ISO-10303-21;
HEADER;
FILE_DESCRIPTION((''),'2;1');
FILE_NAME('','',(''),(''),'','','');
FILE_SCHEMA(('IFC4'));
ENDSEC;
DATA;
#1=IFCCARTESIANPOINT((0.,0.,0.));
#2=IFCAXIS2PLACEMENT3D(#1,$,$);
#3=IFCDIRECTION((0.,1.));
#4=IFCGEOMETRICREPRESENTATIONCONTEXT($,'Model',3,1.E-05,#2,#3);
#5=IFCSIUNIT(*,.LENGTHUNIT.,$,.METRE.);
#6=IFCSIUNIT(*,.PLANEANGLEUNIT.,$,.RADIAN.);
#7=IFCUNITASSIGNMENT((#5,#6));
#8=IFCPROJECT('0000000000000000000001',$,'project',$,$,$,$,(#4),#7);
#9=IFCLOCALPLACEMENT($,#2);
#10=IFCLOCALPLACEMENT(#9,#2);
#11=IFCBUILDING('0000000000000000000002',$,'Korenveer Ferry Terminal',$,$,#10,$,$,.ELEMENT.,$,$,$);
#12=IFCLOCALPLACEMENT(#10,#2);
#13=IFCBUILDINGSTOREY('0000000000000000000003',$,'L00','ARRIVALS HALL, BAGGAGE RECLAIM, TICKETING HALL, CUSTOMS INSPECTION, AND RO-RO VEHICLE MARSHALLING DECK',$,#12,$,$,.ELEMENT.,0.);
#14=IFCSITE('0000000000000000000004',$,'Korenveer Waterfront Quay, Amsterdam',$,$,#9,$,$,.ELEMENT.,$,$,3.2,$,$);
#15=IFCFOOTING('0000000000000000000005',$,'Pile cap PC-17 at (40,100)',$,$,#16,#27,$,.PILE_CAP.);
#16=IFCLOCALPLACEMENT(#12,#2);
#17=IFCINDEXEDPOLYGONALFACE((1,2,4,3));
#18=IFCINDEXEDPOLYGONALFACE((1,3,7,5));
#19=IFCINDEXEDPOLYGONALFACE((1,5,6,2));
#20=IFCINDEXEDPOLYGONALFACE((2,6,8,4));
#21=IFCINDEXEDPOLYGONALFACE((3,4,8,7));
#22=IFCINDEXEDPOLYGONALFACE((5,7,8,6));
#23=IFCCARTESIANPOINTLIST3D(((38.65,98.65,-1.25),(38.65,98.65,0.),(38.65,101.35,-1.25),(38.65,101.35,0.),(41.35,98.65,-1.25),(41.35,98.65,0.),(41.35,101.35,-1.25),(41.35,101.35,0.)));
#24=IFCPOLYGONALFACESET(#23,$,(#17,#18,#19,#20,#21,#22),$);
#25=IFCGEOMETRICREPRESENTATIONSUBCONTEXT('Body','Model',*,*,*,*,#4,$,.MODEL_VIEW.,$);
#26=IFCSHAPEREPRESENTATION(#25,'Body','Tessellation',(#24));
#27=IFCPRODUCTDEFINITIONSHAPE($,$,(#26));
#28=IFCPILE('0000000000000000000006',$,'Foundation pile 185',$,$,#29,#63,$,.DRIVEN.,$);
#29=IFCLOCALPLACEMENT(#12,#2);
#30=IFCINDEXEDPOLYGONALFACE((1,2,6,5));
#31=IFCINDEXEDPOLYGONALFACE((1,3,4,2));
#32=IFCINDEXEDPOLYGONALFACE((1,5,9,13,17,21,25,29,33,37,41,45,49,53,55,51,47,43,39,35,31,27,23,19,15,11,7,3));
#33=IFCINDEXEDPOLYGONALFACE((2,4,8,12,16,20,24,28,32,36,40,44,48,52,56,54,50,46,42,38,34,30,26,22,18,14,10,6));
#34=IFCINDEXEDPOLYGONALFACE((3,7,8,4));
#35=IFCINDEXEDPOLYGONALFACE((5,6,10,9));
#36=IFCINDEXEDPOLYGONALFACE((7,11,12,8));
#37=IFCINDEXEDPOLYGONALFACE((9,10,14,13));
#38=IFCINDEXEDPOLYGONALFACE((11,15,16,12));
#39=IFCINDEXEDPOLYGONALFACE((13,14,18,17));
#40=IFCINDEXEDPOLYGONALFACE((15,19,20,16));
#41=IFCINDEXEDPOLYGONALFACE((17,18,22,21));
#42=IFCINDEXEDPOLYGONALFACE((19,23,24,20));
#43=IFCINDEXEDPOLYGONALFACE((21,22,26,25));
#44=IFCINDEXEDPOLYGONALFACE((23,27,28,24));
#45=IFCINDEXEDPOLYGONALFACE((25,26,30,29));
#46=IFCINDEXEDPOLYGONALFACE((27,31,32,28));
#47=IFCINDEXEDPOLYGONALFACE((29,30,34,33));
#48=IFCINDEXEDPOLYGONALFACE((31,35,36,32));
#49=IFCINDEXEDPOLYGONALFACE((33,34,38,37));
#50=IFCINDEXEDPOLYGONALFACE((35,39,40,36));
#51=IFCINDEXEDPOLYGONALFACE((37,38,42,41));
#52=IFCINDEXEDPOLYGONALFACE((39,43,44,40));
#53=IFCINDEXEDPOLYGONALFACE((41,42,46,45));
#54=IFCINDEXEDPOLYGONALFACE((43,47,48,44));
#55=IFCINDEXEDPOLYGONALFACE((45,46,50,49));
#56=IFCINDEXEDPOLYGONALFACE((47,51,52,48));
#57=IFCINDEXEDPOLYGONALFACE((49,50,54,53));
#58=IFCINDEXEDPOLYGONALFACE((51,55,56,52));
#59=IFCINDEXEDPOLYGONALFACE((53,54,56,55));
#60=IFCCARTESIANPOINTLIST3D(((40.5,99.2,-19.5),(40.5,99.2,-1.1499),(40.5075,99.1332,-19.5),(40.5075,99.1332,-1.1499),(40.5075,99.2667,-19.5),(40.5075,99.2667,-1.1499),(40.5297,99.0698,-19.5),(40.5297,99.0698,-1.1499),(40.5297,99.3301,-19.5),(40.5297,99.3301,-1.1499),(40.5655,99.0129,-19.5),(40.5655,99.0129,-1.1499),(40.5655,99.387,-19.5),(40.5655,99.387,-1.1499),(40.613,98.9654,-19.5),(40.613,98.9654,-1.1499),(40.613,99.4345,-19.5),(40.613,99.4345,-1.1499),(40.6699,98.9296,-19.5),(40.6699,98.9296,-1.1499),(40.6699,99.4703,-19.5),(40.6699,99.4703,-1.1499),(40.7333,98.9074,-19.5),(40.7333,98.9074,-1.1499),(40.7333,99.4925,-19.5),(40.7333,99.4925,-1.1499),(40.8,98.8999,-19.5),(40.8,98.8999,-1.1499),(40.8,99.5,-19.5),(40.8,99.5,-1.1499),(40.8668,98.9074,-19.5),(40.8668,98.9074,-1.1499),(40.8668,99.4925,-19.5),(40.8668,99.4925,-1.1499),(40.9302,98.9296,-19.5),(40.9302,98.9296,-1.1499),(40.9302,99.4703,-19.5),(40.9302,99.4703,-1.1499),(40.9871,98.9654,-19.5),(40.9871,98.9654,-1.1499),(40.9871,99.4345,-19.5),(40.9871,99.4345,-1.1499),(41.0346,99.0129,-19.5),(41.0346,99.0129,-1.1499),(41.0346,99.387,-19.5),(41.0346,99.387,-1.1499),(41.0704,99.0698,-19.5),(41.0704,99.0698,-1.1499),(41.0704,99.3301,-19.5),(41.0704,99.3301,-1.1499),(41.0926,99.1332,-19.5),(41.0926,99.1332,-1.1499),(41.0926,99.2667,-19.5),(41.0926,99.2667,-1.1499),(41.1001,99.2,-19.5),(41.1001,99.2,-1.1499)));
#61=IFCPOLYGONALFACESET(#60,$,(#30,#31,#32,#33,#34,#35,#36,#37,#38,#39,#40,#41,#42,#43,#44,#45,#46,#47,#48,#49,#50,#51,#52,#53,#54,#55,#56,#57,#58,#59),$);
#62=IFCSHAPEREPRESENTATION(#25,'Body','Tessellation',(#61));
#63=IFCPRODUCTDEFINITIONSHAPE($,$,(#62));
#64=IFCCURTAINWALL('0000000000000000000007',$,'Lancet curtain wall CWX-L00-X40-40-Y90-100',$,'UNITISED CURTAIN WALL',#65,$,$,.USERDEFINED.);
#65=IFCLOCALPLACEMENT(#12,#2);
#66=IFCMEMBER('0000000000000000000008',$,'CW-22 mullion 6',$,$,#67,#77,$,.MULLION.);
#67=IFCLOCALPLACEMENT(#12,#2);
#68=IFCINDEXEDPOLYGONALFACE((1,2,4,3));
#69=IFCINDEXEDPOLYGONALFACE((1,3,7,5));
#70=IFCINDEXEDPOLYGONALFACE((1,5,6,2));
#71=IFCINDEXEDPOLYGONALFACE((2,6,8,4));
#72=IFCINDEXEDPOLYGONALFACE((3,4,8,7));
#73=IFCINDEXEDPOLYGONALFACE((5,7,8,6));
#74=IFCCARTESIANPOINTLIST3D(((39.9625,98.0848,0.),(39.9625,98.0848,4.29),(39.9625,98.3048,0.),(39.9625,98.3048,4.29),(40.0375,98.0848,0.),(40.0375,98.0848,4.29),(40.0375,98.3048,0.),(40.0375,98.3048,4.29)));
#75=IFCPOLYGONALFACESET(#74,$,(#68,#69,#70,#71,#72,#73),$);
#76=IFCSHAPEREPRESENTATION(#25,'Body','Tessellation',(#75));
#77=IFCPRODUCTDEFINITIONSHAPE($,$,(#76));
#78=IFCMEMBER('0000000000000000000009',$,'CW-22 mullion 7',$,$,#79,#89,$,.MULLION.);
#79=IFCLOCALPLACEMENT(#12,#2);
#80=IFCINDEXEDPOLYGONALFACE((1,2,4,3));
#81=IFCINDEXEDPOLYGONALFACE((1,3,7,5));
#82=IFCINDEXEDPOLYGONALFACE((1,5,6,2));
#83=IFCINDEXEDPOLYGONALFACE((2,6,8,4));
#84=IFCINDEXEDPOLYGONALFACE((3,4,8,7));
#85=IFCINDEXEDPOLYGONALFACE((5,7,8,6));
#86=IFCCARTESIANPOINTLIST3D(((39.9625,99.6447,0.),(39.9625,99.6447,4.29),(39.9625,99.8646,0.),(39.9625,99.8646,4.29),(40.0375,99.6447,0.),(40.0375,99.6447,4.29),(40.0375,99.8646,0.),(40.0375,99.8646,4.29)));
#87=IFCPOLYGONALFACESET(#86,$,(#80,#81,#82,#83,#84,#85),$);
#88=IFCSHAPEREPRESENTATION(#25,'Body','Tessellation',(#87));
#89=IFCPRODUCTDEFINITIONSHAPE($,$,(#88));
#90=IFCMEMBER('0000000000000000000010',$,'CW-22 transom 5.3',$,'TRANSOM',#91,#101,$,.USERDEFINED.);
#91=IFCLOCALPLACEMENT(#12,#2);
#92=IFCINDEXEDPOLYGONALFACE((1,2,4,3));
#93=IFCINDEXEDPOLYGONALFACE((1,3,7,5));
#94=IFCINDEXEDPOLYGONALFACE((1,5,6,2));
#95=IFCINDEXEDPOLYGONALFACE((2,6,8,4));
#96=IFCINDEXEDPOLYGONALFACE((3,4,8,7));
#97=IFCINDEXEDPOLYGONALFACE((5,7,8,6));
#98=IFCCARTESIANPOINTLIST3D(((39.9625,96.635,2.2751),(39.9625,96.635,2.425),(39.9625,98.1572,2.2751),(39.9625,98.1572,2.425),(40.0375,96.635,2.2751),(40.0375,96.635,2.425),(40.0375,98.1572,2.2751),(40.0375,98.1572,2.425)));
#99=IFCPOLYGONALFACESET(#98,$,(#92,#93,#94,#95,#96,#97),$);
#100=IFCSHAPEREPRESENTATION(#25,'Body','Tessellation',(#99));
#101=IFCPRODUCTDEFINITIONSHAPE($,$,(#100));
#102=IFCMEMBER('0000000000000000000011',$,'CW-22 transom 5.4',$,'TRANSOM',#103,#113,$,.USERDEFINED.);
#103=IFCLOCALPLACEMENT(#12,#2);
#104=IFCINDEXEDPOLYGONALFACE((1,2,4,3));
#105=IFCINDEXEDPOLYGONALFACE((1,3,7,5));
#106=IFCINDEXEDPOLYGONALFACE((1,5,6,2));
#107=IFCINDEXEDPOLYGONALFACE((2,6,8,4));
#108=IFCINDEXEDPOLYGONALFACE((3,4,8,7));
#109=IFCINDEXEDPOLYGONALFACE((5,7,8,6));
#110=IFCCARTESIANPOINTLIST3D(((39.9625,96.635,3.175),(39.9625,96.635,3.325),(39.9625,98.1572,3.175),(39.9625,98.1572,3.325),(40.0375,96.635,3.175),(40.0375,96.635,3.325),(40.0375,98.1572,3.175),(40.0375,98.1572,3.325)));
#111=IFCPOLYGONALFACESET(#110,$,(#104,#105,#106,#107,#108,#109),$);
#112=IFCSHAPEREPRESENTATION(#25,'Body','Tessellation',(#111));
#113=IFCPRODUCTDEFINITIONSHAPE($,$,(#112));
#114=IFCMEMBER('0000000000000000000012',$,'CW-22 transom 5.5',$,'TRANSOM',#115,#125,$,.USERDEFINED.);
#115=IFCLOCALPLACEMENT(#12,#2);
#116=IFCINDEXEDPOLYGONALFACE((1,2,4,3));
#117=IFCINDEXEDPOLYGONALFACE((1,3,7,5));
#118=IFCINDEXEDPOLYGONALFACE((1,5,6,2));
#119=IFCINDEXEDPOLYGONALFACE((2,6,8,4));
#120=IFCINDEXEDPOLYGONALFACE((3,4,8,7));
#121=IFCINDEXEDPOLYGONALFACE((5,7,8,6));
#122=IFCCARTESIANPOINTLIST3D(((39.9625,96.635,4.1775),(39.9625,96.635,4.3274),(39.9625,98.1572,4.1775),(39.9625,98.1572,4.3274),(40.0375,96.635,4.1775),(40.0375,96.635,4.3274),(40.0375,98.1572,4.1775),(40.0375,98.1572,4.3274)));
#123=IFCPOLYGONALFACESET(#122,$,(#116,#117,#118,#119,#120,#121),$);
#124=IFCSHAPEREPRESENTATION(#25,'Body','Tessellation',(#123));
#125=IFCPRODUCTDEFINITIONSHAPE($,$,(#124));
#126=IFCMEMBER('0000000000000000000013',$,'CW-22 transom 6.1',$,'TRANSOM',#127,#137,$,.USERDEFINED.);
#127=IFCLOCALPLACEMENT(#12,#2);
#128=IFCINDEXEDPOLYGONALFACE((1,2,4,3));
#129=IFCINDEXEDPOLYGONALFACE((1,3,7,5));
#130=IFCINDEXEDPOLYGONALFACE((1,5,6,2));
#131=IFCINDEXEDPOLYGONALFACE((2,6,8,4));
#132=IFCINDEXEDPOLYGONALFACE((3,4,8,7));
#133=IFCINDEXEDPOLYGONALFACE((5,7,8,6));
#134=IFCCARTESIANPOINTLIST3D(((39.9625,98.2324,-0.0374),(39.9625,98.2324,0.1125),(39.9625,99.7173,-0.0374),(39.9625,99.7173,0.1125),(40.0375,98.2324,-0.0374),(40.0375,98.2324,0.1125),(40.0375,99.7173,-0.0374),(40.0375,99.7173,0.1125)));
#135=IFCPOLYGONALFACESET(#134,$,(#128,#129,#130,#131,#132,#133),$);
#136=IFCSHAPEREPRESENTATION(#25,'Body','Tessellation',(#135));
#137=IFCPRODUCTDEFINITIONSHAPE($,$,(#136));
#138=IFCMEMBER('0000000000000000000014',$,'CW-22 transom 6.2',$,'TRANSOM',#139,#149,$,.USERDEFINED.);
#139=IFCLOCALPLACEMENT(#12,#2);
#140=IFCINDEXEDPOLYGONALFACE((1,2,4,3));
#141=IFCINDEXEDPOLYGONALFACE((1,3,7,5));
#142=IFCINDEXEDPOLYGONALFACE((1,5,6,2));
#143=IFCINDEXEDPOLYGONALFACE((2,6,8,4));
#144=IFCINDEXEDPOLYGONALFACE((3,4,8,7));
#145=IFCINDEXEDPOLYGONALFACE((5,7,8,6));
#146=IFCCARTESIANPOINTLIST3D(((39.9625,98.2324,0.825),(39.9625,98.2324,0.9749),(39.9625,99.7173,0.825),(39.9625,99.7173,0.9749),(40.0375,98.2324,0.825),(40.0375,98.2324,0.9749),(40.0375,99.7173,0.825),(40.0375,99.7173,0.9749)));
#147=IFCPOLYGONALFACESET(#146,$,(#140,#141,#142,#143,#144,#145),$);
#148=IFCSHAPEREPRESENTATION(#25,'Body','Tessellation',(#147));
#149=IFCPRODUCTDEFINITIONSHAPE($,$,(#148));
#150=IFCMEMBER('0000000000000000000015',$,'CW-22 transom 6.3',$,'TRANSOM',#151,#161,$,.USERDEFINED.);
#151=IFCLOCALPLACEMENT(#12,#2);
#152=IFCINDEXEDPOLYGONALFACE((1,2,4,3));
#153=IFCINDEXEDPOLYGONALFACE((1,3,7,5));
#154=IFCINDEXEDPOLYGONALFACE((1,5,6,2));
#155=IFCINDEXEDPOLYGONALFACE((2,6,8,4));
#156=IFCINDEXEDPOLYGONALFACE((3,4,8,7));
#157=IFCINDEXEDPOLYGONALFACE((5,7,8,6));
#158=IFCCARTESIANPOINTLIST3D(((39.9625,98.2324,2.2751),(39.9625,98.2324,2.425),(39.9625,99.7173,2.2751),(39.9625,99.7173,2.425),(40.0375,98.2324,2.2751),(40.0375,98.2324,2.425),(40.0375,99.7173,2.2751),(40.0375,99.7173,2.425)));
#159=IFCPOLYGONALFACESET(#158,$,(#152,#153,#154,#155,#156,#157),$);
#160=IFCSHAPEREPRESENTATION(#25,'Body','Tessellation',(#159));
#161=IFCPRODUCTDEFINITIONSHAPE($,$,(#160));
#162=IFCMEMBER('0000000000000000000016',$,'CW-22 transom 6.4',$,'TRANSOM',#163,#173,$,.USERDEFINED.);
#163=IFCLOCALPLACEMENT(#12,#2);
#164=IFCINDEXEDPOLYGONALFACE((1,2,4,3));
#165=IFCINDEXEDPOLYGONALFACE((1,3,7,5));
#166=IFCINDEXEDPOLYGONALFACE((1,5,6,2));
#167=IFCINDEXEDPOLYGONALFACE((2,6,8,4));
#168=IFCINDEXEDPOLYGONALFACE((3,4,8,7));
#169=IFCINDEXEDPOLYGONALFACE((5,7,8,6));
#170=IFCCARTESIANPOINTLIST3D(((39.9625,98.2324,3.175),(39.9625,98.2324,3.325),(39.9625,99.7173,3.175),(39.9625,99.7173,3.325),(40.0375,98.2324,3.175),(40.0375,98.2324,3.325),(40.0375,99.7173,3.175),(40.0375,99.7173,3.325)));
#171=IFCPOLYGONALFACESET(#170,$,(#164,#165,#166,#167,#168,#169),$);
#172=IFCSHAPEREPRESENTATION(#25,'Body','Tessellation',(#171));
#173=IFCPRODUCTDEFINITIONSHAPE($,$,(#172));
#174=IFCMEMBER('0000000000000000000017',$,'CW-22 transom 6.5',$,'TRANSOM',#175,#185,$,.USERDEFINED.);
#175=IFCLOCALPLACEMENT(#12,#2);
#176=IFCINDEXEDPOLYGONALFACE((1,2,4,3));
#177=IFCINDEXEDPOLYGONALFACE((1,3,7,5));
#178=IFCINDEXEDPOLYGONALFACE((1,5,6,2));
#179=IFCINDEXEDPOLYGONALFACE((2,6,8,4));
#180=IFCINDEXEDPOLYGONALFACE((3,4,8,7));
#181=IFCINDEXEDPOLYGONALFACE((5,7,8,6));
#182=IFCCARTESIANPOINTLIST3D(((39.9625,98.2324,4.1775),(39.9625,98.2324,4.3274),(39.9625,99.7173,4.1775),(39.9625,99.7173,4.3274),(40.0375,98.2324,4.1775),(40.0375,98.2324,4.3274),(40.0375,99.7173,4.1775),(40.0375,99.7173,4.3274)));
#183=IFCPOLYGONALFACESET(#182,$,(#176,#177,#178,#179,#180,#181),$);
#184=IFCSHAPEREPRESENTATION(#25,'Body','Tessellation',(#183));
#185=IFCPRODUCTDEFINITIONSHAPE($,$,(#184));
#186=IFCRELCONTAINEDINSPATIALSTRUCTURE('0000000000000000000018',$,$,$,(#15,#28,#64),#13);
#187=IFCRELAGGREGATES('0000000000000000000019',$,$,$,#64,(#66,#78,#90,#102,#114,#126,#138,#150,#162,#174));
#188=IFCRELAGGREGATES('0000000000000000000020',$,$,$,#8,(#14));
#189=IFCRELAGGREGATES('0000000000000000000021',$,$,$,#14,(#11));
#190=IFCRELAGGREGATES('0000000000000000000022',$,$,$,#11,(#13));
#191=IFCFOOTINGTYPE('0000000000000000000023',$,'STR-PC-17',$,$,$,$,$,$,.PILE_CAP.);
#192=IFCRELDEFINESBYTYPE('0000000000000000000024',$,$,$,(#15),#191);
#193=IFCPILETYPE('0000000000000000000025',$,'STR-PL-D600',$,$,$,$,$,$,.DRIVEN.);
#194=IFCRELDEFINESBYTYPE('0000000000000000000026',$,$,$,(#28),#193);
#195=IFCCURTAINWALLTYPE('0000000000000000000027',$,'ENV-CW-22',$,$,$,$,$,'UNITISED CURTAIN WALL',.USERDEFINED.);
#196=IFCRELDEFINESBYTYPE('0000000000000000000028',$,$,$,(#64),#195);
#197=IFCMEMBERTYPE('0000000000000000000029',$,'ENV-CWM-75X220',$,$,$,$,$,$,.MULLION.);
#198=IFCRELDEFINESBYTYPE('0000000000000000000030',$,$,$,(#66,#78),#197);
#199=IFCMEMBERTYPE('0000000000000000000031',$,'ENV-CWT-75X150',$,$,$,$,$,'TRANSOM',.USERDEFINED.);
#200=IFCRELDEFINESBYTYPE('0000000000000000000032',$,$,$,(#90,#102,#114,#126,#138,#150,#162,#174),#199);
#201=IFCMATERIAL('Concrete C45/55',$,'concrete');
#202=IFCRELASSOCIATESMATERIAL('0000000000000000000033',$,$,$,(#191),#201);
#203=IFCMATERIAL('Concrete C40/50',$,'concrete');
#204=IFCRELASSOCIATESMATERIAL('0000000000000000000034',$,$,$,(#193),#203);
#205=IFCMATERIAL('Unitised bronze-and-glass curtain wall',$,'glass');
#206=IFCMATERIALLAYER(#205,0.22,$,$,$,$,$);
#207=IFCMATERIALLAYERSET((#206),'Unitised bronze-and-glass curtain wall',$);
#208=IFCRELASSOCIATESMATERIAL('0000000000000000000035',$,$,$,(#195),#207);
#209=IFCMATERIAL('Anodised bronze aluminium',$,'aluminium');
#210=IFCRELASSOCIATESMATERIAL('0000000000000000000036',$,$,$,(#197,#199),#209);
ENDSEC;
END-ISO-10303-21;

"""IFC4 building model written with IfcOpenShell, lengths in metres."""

from ifc_helpers import new_model, si_unit, direction, frame, origin, origin_2d, place, context, subcontext, project, spatial, rectangle, circle, extrude, material, layer, layer_set, material_profile, profile_set, type_object, element, aggregate, save


model = new_model("IFC4")

# Units and contexts
model_context = context("Model", 3, precision=1e-05, world=origin(), true_north=direction((0.0, 1.0)))
body_context = subcontext(model_context, "Body", "Model", "MODEL_VIEW")
ifc_project = project(units=[si_unit("LENGTHUNIT", "METRE"), si_unit("PLANEANGLEUNIT", "RADIAN")], contexts=[model_context])

# Site, building, storey
site_placement = place(None, origin())
site = spatial("IfcSite", under=ifc_project, at=site_placement, Name="Korenveer Waterfront Quay, Amsterdam", CompositionType="ELEMENT", RefElevation=3.2)
building_placement = place(site_placement, origin())
building = spatial("IfcBuilding", under=site, at=building_placement, Name="Korenveer Ferry Terminal", CompositionType="ELEMENT")
storey_placement = place(building_placement, origin())
storey = spatial("IfcBuildingStorey", under=building, at=storey_placement, Name="L00", Description="ARRIVALS HALL, BAGGAGE RECLAIM, TICKETING HALL, CUSTOMS INSPECTION, AND RO-RO VEHICLE MARSHALLING DECK", CompositionType="ELEMENT", Elevation=0.0)

# Footing
ifc_material_1 = material(Name="Concrete C45/55", Category="concrete")
footing_type = type_object("IfcFootingType", Name="STR-PC-17", PredefinedType="PILE_CAP", material=ifc_material_1)
footing_placement = place(storey_placement, frame((40.0, 100.0, -1.25), z_axis=(0.0, 0.0, 1.0), x_axis=(1.0, 0.0, 0.0)))
element("IfcFooting", 1, at=footing_placement, inside=storey, type_object=footing_type, Name="Pile cap PC-17 at (40,100)", PredefinedType="PILE_CAP", context=body_context, shape_type="SweptSolid", body=[
    extrude(rectangle(XDim=2.7, YDim=2.7, at=origin_2d()), origin(), (0.0, 0.0, 1.0), 1.25),
])

# Pile
ifc_material_2 = material(Name="Concrete C40/50", Category="concrete")
ifc_material_profile_1 = material_profile(ifc_material_2, circle(Radius=0.3, at=origin_2d()), Name="PILE D600")
ifc_profile_set_1 = profile_set([ifc_material_profile_1], Name="Concrete C40/50")
pile_type = type_object("IfcPileType", Name="STR-PL-D600", PredefinedType="DRIVEN", material=ifc_profile_set_1)
pile_placement = place(storey_placement, frame((40.8, 99.2, -1.1499), z_axis=(0.0, 0.0, -1.0), x_axis=(1.0, 0.0, 0.0)))
element("IfcPile", 2, at=pile_placement, inside=storey, type_object=pile_type, Name="Foundation pile 185", PredefinedType="DRIVEN", context=body_context, shape_type="SweptSolid", body=[
    extrude(circle(Radius=0.3, at=origin_2d()), origin(), (0.0, 0.0, 1.0), 18.3501),
])

# Curtain wall, members
ifc_material_3 = material(Name="Unitised bronze-and-glass curtain wall", Category="glass")
ifc_layer_1 = layer(ifc_material_3, 0.22)
ifc_layer_set_1 = layer_set([ifc_layer_1], Name="Unitised bronze-and-glass curtain wall")
curtain_wall_type = type_object("IfcCurtainWallType", Name="ENV-CW-22", ElementType="UNITISED CURTAIN WALL", PredefinedType="USERDEFINED", material=ifc_layer_set_1)
curtain_wall_placement = place(storey_placement, frame((40.0, 90.2078, 0.0)))
curtain_wall = element("IfcCurtainWall", 3, at=curtain_wall_placement, inside=storey, type_object=curtain_wall_type, Name="Lancet curtain wall CWX-L00-X40-40-Y90-100", ObjectType="UNITISED CURTAIN WALL", PredefinedType="USERDEFINED")
ifc_material_4 = material(Name="Anodised bronze aluminium", Category="aluminium")
ifc_material_profile_2 = material_profile(ifc_material_4, rectangle(XDim=0.075, YDim=0.22, at=origin_2d()), Name="ALU 75x220")
ifc_profile_set_2 = profile_set([ifc_material_profile_2], Name="Anodised bronze aluminium")
member_type_1 = type_object("IfcMemberType", Name="ENV-CWM-75X220", PredefinedType="MULLION", material=ifc_profile_set_2)
member_1_placement = place(storey_placement, frame((40.0, 98.1948, 0.0), z_axis=(0.0, 0.0, 1.0), x_axis=(-1.0, 0.0, 0.0)))
member_1 = element("IfcMember", 4, at=member_1_placement, type_object=member_type_1, Name="CW-22 mullion 6", PredefinedType="MULLION", context=body_context, shape_type="SweptSolid", body=[
    extrude(rectangle(XDim=0.075, YDim=0.22, at=origin_2d()), origin(), (0.0, 0.0, 1.0), 4.29),
])
member_2_placement = place(storey_placement, frame((40.0, 99.7546, 0.0), z_axis=(0.0, 0.0, 1.0), x_axis=(-1.0, 0.0, 0.0)))
member_2 = element("IfcMember", 5, at=member_2_placement, type_object=member_type_1, Name="CW-22 mullion 7", PredefinedType="MULLION", context=body_context, shape_type="SweptSolid", body=[
    extrude(rectangle(XDim=0.075, YDim=0.22, at=origin_2d()), origin(), (0.0, 0.0, 1.0), 4.29),
])
ifc_material_profile_3 = material_profile(ifc_material_4, rectangle(XDim=0.075, YDim=0.1499, at=origin_2d()), Name="ALU 75x150")
ifc_profile_set_3 = profile_set([ifc_material_profile_3], Name="Anodised bronze aluminium")
member_type_2 = type_object("IfcMemberType", Name="ENV-CWT-75X150", ElementType="TRANSOM", PredefinedType="USERDEFINED", material=ifc_profile_set_3)
member_3_placement = place(storey_placement, frame((40.0, 96.635, 2.3501), z_axis=(0.0, 1.0, 0.0), x_axis=(-1.0, 0.0, 0.0)))
member_3 = element("IfcMember", 6, at=member_3_placement, type_object=member_type_2, Name="CW-22 transom 5.3", ObjectType="TRANSOM", PredefinedType="USERDEFINED", context=body_context, shape_type="SweptSolid", body=[
    extrude(rectangle(XDim=0.075, YDim=0.1499, at=origin_2d()), origin(), (0.0, 0.0, 1.0), 1.5222),
])
member_4_placement = place(storey_placement, frame((40.0, 96.635, 3.25), z_axis=(0.0, 1.0, 0.0), x_axis=(-1.0, 0.0, 0.0)))
member_4 = element("IfcMember", 7, at=member_4_placement, type_object=member_type_2, Name="CW-22 transom 5.4", ObjectType="TRANSOM", PredefinedType="USERDEFINED", context=body_context, shape_type="SweptSolid", body=[
    extrude(rectangle(XDim=0.075, YDim=0.1499, at=origin_2d()), origin(), (0.0, 0.0, 1.0), 1.5222),
])
member_5_placement = place(storey_placement, frame((40.0, 96.635, 4.2524), z_axis=(0.0, 1.0, 0.0), x_axis=(-1.0, 0.0, 0.0)))
member_5 = element("IfcMember", 8, at=member_5_placement, type_object=member_type_2, Name="CW-22 transom 5.5", ObjectType="TRANSOM", PredefinedType="USERDEFINED", context=body_context, shape_type="SweptSolid", body=[
    extrude(rectangle(XDim=0.075, YDim=0.1499, at=origin_2d()), origin(), (0.0, 0.0, 1.0), 1.5222),
])
member_6_placement = place(storey_placement, frame((40.0, 98.2324, 0.0376), z_axis=(0.0, 1.0, 0.0), x_axis=(-1.0, 0.0, 0.0)))
member_6 = element("IfcMember", 9, at=member_6_placement, type_object=member_type_2, Name="CW-22 transom 6.1", ObjectType="TRANSOM", PredefinedType="USERDEFINED", context=body_context, shape_type="SweptSolid", body=[
    extrude(rectangle(XDim=0.075, YDim=0.1499, at=origin_2d()), origin(), (0.0, 0.0, 1.0), 1.4849),
])
member_7_placement = place(storey_placement, frame((40.0, 98.2324, 0.8999), z_axis=(0.0, 1.0, 0.0), x_axis=(-1.0, 0.0, 0.0)))
member_7 = element("IfcMember", 10, at=member_7_placement, type_object=member_type_2, Name="CW-22 transom 6.2", ObjectType="TRANSOM", PredefinedType="USERDEFINED", context=body_context, shape_type="SweptSolid", body=[
    extrude(rectangle(XDim=0.075, YDim=0.1499, at=origin_2d()), origin(), (0.0, 0.0, 1.0), 1.4849),
])
member_8_placement = place(storey_placement, frame((40.0, 98.2324, 2.3501), z_axis=(0.0, 1.0, 0.0), x_axis=(-1.0, 0.0, 0.0)))
member_8 = element("IfcMember", 11, at=member_8_placement, type_object=member_type_2, Name="CW-22 transom 6.3", ObjectType="TRANSOM", PredefinedType="USERDEFINED", context=body_context, shape_type="SweptSolid", body=[
    extrude(rectangle(XDim=0.075, YDim=0.1499, at=origin_2d()), origin(), (0.0, 0.0, 1.0), 1.4849),
])
member_9_placement = place(storey_placement, frame((40.0, 98.2324, 3.25), z_axis=(0.0, 1.0, 0.0), x_axis=(-1.0, 0.0, 0.0)))
member_9 = element("IfcMember", 12, at=member_9_placement, type_object=member_type_2, Name="CW-22 transom 6.4", ObjectType="TRANSOM", PredefinedType="USERDEFINED", context=body_context, shape_type="SweptSolid", body=[
    extrude(rectangle(XDim=0.075, YDim=0.1499, at=origin_2d()), origin(), (0.0, 0.0, 1.0), 1.4849),
])
member_10_placement = place(storey_placement, frame((40.0, 98.2324, 4.2524), z_axis=(0.0, 1.0, 0.0), x_axis=(-1.0, 0.0, 0.0)))
member_10 = element("IfcMember", 13, at=member_10_placement, type_object=member_type_2, Name="CW-22 transom 6.5", ObjectType="TRANSOM", PredefinedType="USERDEFINED", context=body_context, shape_type="SweptSolid", body=[
    extrude(rectangle(XDim=0.075, YDim=0.1499, at=origin_2d()), origin(), (0.0, 0.0, 1.0), 1.4849),
])
aggregate(curtain_wall, [member_1, member_2, member_3, member_4, member_5, member_6, member_7, member_8, member_9, member_10])

save(model, "model.ifc")
